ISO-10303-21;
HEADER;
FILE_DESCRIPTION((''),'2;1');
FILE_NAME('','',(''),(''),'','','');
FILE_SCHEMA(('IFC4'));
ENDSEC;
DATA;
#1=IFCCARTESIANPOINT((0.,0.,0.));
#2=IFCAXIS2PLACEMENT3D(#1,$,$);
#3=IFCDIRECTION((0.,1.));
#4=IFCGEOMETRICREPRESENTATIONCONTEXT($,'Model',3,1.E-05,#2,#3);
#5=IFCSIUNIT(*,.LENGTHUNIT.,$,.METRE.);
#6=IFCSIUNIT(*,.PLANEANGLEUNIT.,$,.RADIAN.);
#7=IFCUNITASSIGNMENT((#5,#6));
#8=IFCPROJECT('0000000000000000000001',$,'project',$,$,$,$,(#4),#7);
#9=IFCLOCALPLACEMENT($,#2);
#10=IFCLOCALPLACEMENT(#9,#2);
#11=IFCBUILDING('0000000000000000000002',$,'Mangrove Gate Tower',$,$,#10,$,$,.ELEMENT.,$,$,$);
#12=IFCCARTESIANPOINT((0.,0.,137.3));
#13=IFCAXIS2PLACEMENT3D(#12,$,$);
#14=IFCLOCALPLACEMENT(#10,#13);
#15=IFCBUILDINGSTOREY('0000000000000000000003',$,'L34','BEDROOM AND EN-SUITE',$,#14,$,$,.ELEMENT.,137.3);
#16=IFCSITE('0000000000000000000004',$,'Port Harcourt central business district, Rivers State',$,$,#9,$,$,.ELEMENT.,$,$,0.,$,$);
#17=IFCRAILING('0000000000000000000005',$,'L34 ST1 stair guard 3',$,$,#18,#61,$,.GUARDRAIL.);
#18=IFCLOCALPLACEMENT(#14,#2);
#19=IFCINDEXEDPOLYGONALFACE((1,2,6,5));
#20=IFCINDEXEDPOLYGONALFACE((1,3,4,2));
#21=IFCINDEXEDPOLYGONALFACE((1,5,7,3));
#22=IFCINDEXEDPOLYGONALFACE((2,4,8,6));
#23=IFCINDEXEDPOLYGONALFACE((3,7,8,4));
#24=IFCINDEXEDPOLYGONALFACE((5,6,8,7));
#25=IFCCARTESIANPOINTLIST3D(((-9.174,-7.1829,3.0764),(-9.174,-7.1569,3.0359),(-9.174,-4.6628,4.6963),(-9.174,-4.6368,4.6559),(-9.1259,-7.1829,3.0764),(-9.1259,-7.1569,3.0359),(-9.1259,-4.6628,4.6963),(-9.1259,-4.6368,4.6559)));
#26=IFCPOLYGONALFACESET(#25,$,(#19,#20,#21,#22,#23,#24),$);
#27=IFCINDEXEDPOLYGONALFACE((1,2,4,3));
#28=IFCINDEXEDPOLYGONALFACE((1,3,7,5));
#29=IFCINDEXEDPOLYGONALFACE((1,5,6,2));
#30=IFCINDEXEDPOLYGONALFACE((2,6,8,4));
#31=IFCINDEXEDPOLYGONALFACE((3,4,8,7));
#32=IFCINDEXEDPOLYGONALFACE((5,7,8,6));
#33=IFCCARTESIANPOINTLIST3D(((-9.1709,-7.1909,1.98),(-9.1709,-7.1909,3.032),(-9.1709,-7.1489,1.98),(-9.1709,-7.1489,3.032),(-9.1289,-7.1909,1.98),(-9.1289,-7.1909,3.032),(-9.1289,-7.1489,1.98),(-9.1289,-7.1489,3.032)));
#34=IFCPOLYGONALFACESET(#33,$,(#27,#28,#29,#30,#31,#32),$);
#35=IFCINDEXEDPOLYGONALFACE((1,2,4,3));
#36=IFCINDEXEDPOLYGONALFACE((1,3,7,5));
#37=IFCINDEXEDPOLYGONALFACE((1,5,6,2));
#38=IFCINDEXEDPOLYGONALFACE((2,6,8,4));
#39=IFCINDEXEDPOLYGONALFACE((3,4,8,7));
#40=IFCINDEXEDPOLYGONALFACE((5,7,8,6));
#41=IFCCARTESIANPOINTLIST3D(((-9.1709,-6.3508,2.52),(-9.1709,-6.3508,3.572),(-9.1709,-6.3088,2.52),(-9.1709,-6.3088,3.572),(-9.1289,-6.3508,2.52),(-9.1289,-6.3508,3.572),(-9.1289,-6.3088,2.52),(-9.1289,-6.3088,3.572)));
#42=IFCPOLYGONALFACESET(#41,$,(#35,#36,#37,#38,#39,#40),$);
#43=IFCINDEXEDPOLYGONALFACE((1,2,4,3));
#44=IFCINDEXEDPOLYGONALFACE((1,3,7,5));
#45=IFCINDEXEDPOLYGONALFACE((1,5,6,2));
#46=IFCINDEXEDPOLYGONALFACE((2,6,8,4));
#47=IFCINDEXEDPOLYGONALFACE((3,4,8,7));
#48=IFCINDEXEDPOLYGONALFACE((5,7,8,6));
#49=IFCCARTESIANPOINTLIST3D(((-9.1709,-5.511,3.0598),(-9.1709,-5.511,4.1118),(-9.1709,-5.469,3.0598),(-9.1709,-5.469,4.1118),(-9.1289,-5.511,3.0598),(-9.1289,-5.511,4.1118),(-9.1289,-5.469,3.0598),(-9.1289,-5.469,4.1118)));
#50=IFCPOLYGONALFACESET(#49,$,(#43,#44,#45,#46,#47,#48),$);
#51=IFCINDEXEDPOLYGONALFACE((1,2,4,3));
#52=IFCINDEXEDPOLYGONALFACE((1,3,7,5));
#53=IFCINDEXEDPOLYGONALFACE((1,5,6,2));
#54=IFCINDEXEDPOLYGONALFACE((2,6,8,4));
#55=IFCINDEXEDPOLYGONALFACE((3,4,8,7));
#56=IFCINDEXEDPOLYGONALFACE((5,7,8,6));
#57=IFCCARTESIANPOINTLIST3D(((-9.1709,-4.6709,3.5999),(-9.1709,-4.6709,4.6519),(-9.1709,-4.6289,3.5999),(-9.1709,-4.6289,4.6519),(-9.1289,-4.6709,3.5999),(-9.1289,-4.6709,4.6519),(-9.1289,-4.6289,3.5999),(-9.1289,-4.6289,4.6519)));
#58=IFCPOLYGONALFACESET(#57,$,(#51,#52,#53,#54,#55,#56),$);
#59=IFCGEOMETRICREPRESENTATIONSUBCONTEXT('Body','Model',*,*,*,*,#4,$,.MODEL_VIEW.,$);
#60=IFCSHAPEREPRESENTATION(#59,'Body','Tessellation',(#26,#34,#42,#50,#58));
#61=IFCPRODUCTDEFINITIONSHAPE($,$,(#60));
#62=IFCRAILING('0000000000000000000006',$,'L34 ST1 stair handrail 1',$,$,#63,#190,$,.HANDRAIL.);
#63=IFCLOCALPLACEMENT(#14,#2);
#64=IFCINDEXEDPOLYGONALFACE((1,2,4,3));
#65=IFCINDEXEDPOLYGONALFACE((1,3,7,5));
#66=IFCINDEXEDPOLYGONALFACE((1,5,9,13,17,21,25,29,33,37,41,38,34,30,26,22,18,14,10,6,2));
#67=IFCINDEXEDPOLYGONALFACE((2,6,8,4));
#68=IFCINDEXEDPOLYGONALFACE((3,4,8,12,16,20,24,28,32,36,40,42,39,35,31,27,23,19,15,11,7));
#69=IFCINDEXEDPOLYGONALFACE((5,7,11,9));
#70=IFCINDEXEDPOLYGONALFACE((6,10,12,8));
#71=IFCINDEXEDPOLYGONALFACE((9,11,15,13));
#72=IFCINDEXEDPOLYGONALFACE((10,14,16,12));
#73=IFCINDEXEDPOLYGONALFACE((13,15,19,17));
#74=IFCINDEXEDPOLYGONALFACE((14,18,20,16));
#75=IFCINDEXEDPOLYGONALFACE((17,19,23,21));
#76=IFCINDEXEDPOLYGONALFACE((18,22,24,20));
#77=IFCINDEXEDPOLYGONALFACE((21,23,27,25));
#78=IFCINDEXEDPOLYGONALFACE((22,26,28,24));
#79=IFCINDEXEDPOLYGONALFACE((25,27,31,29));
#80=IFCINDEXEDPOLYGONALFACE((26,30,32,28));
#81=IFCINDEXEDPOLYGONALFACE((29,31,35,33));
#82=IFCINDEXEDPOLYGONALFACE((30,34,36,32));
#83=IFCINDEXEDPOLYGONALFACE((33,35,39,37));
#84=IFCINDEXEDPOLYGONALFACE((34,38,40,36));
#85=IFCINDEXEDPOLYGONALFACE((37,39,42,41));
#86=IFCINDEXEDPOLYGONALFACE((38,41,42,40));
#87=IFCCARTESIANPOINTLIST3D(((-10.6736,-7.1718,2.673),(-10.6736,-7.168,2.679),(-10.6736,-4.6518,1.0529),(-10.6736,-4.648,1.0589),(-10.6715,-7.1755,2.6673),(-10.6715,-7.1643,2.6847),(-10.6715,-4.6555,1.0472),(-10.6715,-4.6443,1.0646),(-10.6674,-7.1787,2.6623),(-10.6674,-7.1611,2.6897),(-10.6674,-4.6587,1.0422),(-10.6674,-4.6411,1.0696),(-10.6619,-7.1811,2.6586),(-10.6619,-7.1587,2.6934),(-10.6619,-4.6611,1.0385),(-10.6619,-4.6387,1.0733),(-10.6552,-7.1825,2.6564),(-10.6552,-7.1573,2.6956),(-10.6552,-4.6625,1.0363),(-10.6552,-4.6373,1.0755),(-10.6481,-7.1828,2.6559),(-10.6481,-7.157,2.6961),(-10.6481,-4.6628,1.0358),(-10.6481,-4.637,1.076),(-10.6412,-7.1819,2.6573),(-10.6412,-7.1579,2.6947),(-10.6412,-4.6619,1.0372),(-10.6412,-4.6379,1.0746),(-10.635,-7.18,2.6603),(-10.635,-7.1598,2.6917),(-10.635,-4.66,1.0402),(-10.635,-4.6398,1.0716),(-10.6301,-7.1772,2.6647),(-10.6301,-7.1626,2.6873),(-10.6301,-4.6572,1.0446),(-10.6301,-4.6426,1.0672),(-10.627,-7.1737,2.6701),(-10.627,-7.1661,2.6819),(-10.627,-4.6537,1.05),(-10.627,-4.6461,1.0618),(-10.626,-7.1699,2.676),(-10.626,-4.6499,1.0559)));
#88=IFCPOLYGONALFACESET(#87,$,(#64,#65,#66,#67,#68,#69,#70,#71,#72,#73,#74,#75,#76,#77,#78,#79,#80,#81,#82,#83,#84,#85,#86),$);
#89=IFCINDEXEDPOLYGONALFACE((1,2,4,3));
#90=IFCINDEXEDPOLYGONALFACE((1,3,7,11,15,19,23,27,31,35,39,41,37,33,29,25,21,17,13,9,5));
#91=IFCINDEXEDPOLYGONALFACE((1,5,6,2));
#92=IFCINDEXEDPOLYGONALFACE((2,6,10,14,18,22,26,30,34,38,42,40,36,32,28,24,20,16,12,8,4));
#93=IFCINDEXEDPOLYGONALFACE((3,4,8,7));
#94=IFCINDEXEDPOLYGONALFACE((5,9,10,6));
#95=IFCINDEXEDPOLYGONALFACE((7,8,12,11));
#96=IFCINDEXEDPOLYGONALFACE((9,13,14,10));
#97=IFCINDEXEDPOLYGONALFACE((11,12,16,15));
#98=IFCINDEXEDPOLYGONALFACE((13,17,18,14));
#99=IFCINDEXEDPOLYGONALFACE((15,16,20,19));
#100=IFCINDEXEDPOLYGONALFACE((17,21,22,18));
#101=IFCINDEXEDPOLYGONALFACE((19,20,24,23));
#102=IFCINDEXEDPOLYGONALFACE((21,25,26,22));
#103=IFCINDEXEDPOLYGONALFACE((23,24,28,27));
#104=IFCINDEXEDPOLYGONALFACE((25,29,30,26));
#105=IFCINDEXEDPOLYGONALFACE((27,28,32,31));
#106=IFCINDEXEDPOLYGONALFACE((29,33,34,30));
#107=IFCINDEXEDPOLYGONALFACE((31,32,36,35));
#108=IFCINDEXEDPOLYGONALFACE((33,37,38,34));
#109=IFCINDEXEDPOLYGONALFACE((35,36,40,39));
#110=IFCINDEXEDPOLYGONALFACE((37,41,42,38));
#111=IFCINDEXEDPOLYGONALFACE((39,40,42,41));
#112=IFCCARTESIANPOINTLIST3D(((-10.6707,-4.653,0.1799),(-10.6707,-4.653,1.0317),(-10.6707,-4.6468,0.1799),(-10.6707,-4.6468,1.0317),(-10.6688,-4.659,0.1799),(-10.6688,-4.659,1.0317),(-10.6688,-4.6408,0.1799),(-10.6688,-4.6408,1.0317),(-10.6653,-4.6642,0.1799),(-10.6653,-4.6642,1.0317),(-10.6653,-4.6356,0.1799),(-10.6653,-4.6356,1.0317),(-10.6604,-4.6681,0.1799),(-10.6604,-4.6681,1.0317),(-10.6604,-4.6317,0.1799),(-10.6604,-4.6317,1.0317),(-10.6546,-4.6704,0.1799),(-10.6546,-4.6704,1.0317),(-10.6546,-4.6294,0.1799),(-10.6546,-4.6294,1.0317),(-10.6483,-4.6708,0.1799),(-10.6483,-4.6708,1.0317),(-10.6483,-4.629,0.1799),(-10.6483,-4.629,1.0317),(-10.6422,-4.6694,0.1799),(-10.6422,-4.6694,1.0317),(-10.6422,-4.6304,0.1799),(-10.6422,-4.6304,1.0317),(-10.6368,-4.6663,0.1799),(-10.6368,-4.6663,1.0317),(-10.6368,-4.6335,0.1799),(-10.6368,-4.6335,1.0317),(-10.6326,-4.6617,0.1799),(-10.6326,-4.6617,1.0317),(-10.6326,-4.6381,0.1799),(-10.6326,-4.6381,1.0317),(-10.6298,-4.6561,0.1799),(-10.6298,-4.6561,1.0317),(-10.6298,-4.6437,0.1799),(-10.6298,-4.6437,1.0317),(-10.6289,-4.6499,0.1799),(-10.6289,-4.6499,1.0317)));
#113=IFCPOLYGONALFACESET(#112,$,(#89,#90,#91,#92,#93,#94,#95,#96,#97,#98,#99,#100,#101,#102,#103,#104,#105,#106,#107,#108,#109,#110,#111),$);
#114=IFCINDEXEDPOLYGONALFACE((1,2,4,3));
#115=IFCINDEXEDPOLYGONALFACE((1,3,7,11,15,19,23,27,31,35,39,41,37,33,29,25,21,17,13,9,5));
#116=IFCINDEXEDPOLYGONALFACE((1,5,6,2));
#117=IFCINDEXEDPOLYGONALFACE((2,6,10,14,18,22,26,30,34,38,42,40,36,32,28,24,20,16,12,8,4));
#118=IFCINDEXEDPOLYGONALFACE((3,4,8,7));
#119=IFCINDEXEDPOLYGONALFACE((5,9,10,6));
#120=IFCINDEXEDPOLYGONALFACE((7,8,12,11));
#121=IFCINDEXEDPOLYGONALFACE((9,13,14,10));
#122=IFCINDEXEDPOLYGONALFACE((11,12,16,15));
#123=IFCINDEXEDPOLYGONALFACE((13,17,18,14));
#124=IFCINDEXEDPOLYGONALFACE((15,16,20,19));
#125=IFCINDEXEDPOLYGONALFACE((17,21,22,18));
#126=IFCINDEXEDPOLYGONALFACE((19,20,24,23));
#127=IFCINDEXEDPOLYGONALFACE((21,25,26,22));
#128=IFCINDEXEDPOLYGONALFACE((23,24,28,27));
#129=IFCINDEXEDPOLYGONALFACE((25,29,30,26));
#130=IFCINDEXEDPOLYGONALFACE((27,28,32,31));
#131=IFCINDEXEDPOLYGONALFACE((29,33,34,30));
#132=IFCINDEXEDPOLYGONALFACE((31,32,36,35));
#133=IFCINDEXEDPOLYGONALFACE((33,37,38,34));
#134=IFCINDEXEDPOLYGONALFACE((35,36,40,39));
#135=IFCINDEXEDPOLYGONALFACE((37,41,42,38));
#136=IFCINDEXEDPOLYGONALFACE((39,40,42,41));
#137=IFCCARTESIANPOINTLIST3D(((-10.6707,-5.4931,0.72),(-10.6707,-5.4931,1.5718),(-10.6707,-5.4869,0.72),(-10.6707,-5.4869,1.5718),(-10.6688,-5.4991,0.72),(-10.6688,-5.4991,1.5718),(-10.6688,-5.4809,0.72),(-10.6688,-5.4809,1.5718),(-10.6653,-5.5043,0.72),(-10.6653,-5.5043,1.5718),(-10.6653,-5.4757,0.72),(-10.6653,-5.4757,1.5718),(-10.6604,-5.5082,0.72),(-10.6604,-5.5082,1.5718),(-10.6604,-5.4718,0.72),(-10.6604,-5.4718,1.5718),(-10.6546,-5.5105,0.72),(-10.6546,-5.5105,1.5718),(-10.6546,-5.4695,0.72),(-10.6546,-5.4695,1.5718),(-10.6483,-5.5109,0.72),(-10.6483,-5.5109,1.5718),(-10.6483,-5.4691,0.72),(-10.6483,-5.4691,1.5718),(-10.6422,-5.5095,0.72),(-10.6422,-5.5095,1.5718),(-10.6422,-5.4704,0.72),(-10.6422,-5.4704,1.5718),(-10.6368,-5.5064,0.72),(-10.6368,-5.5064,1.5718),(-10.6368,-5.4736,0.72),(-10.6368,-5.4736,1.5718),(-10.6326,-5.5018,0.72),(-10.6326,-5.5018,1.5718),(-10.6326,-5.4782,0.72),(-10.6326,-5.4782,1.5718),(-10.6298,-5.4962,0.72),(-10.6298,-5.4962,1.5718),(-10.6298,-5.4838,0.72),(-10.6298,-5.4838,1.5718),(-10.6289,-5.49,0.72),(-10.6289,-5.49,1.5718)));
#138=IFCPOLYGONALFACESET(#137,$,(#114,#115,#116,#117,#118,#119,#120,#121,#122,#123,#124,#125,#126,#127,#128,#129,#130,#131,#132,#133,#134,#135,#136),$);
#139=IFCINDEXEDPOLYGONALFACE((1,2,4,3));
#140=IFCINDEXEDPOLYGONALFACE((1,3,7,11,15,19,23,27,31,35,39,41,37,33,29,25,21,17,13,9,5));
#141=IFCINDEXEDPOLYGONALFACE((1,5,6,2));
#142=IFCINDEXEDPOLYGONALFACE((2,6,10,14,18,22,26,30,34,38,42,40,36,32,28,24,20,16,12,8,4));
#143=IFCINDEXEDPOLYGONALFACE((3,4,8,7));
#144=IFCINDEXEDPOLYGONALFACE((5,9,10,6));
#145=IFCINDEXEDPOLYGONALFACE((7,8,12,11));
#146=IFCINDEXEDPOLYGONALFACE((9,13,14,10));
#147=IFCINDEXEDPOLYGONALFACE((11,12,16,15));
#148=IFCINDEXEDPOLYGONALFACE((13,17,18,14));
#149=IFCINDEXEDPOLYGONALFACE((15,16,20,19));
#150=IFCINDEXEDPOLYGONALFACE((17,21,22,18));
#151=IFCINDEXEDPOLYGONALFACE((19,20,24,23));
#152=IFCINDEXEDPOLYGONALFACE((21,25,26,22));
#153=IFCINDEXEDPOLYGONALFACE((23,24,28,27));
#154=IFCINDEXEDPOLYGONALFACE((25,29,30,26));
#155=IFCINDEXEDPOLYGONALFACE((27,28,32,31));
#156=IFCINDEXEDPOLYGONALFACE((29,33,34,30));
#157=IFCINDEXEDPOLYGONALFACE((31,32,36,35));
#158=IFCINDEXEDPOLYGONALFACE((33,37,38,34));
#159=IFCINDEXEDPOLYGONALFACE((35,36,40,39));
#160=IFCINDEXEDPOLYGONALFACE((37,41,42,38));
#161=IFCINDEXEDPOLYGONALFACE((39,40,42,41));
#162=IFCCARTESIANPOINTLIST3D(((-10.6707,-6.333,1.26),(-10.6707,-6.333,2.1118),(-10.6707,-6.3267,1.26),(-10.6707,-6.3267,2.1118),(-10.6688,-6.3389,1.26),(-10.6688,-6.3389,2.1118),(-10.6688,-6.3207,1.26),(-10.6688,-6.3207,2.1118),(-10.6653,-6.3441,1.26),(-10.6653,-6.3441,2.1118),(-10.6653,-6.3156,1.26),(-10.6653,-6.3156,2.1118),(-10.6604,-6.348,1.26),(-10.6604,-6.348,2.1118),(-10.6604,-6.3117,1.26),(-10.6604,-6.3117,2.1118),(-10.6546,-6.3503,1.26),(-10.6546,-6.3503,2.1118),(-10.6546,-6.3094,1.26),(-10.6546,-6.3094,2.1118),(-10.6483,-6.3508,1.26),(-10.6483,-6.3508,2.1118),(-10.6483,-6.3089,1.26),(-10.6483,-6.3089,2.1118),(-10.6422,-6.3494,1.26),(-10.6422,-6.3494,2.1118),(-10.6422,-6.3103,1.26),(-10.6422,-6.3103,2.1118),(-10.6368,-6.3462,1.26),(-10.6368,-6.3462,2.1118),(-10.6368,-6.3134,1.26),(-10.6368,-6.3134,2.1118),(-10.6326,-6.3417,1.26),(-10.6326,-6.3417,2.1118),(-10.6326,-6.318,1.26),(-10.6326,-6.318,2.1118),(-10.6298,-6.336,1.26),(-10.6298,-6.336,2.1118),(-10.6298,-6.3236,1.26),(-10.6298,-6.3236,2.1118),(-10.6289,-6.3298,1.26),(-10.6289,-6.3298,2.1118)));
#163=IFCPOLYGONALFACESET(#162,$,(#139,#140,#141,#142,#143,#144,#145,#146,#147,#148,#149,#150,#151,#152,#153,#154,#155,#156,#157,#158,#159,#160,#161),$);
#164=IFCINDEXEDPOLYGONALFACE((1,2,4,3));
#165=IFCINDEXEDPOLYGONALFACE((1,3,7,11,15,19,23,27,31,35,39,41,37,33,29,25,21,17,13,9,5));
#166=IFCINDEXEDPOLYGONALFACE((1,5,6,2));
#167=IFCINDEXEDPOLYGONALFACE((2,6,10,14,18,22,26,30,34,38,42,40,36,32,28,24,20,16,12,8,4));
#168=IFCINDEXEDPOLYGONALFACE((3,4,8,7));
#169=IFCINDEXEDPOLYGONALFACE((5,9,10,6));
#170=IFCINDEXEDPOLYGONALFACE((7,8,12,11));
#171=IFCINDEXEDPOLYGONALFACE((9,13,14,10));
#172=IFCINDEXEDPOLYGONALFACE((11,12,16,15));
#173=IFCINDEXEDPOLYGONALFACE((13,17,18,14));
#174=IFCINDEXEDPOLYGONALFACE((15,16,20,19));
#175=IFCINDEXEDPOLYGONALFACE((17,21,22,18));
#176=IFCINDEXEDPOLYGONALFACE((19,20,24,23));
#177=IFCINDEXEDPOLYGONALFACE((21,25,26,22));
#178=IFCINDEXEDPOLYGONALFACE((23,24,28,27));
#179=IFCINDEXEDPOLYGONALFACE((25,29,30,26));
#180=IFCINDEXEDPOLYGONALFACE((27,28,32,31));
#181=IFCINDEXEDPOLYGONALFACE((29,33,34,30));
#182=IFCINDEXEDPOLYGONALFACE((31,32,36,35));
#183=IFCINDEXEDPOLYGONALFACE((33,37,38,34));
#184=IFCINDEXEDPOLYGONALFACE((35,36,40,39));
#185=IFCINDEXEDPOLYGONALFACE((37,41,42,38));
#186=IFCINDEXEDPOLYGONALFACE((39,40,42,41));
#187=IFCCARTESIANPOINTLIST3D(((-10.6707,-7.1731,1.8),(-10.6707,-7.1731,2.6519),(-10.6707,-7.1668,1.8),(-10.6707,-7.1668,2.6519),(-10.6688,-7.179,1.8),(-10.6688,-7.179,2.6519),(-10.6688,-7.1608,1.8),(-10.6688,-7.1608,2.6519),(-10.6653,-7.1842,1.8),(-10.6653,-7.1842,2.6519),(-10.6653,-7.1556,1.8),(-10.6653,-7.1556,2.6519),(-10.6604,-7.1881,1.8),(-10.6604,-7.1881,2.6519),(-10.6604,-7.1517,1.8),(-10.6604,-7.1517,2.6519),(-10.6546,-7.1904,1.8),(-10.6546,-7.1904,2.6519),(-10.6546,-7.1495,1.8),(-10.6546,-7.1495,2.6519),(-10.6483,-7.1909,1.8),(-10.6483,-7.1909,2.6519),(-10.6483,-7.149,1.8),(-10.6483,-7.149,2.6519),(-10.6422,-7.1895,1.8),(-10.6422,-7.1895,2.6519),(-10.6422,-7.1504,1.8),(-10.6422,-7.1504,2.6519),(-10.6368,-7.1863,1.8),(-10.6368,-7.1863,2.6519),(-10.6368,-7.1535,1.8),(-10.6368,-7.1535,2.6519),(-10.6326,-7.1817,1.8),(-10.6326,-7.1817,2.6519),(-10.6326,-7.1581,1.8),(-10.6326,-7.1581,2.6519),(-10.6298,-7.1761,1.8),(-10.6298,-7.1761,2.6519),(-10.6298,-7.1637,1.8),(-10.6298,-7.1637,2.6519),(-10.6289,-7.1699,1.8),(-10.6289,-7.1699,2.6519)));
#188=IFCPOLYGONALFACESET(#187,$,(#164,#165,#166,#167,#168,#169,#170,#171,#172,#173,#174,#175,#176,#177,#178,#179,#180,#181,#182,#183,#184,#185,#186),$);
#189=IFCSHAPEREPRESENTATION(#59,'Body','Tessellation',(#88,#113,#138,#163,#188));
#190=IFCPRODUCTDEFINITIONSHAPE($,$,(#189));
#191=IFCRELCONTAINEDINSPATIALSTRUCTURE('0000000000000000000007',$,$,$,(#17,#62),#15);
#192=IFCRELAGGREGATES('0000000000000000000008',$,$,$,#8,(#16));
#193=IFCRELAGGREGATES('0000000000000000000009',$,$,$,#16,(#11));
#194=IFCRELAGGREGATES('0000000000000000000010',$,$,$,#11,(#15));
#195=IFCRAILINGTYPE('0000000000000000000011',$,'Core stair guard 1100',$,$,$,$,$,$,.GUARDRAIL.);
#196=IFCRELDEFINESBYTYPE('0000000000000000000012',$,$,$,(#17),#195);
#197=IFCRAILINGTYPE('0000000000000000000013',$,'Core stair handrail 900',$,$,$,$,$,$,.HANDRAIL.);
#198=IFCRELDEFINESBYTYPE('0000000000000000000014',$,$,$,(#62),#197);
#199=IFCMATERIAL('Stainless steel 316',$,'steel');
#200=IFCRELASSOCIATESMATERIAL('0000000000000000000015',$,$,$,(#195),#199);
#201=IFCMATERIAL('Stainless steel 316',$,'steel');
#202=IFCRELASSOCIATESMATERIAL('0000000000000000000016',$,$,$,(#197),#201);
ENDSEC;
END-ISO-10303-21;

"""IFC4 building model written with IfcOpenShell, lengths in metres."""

from ifc_helpers import new_model, si_unit, direction, frame, origin, origin_2d, place, context, subcontext, project, spatial, rectangle, circle, extrude, material, type_object, element, save


model = new_model("IFC4")

# Units and contexts
model_context = context("Model", 3, precision=1e-05, world=origin(), true_north=direction((0.0, 1.0)))
body_context = subcontext(model_context, "Body", "Model", "MODEL_VIEW")
ifc_project = project(units=[si_unit("LENGTHUNIT", "METRE"), si_unit("PLANEANGLEUNIT", "RADIAN")], contexts=[model_context])

# Site, building, storey
site_placement = place(None, origin())
site = spatial("IfcSite", under=ifc_project, at=site_placement, Name="Port Harcourt central business district, Rivers State", CompositionType="ELEMENT", RefElevation=0.0)
building_placement = place(site_placement, origin())
building = spatial("IfcBuilding", under=site, at=building_placement, Name="Mangrove Gate Tower", CompositionType="ELEMENT")
storey_placement = place(building_placement, frame((0.0, 0.0, 137.3)))
storey = spatial("IfcBuildingStorey", under=building, at=storey_placement, Name="L34", Description="BEDROOM AND EN-SUITE", CompositionType="ELEMENT", Elevation=137.3)

# Railings
ifc_material_1 = material(Name="Stainless steel 316", Category="steel")
railing_type_1 = type_object("IfcRailingType", Name="Core stair guard 1100", PredefinedType="GUARDRAIL", material=ifc_material_1)
railing_1_placement = place(storey_placement, frame((-9.1499, -7.1699, 1.98)))
element("IfcRailing", 1, at=railing_1_placement, inside=storey, type_object=railing_type_1, Name="L34 ST1 stair guard 3", PredefinedType="GUARDRAIL", context=body_context, shape_type="SweptSolid", body=[
    extrude(rectangle(XDim=0.0481, YDim=0.0481, at=origin_2d()), frame((0.0, 0.0, 1.0762), z_axis=(0.0, 0.8412, 0.540725), x_axis=(-1.0, 0.0, 0.0)), (0.0, 0.0, 1.0), 2.9958),
    extrude(rectangle(XDim=0.042, YDim=0.042, at=origin_2d()), origin(), (0.0, 0.0, 1.0), 1.052),
    extrude(rectangle(XDim=0.042, YDim=0.042, at=origin_2d()), frame((0.0, 0.8401, 0.54)), (0.0, 0.0, 1.0), 1.052),
    extrude(rectangle(XDim=0.042, YDim=0.042, at=origin_2d()), frame((0.0, 1.6799, 1.0798)), (0.0, 0.0, 1.0), 1.052),
    extrude(rectangle(XDim=0.042, YDim=0.042, at=origin_2d()), frame((0.0, 2.52, 1.6199)), (0.0, 0.0, 1.0), 1.052),
])
ifc_material_2 = material(Name="Stainless steel 316", Category="steel")
railing_type_2 = type_object("IfcRailingType", Name="Core stair handrail 900", PredefinedType="HANDRAIL", material=ifc_material_2)
railing_2_placement = place(storey_placement, frame((-10.6499, -4.6499, 0.1799)))
element("IfcRailing", 2, at=railing_2_placement, inside=storey, type_object=railing_type_2, Name="L34 ST1 stair handrail 1", PredefinedType="HANDRAIL", context=body_context, shape_type="SweptSolid", body=[
    extrude(circle(Radius=0.0239, at=origin_2d()), frame((0.0, 0.0, 0.876), z_axis=(0.0, -0.841163, 0.540782), x_axis=(1.0, 0.0, 0.0)), (0.0, 0.0, 1.0), 2.9958),
    extrude(circle(Radius=0.021, at=origin_2d()), origin(), (0.0, 0.0, 1.0), 0.8518),
    extrude(circle(Radius=0.021, at=origin_2d()), frame((0.0, -0.8401, 0.54)), (0.0, 0.0, 1.0), 0.8518),
    extrude(circle(Radius=0.021, at=origin_2d()), frame((0.0, -1.6799, 1.0801)), (0.0, 0.0, 1.0), 0.8518),
    extrude(circle(Radius=0.021, at=origin_2d()), frame((0.0, -2.52, 1.6201)), (0.0, 0.0, 1.0), 0.8518),
])

save(model, "model.ifc")
